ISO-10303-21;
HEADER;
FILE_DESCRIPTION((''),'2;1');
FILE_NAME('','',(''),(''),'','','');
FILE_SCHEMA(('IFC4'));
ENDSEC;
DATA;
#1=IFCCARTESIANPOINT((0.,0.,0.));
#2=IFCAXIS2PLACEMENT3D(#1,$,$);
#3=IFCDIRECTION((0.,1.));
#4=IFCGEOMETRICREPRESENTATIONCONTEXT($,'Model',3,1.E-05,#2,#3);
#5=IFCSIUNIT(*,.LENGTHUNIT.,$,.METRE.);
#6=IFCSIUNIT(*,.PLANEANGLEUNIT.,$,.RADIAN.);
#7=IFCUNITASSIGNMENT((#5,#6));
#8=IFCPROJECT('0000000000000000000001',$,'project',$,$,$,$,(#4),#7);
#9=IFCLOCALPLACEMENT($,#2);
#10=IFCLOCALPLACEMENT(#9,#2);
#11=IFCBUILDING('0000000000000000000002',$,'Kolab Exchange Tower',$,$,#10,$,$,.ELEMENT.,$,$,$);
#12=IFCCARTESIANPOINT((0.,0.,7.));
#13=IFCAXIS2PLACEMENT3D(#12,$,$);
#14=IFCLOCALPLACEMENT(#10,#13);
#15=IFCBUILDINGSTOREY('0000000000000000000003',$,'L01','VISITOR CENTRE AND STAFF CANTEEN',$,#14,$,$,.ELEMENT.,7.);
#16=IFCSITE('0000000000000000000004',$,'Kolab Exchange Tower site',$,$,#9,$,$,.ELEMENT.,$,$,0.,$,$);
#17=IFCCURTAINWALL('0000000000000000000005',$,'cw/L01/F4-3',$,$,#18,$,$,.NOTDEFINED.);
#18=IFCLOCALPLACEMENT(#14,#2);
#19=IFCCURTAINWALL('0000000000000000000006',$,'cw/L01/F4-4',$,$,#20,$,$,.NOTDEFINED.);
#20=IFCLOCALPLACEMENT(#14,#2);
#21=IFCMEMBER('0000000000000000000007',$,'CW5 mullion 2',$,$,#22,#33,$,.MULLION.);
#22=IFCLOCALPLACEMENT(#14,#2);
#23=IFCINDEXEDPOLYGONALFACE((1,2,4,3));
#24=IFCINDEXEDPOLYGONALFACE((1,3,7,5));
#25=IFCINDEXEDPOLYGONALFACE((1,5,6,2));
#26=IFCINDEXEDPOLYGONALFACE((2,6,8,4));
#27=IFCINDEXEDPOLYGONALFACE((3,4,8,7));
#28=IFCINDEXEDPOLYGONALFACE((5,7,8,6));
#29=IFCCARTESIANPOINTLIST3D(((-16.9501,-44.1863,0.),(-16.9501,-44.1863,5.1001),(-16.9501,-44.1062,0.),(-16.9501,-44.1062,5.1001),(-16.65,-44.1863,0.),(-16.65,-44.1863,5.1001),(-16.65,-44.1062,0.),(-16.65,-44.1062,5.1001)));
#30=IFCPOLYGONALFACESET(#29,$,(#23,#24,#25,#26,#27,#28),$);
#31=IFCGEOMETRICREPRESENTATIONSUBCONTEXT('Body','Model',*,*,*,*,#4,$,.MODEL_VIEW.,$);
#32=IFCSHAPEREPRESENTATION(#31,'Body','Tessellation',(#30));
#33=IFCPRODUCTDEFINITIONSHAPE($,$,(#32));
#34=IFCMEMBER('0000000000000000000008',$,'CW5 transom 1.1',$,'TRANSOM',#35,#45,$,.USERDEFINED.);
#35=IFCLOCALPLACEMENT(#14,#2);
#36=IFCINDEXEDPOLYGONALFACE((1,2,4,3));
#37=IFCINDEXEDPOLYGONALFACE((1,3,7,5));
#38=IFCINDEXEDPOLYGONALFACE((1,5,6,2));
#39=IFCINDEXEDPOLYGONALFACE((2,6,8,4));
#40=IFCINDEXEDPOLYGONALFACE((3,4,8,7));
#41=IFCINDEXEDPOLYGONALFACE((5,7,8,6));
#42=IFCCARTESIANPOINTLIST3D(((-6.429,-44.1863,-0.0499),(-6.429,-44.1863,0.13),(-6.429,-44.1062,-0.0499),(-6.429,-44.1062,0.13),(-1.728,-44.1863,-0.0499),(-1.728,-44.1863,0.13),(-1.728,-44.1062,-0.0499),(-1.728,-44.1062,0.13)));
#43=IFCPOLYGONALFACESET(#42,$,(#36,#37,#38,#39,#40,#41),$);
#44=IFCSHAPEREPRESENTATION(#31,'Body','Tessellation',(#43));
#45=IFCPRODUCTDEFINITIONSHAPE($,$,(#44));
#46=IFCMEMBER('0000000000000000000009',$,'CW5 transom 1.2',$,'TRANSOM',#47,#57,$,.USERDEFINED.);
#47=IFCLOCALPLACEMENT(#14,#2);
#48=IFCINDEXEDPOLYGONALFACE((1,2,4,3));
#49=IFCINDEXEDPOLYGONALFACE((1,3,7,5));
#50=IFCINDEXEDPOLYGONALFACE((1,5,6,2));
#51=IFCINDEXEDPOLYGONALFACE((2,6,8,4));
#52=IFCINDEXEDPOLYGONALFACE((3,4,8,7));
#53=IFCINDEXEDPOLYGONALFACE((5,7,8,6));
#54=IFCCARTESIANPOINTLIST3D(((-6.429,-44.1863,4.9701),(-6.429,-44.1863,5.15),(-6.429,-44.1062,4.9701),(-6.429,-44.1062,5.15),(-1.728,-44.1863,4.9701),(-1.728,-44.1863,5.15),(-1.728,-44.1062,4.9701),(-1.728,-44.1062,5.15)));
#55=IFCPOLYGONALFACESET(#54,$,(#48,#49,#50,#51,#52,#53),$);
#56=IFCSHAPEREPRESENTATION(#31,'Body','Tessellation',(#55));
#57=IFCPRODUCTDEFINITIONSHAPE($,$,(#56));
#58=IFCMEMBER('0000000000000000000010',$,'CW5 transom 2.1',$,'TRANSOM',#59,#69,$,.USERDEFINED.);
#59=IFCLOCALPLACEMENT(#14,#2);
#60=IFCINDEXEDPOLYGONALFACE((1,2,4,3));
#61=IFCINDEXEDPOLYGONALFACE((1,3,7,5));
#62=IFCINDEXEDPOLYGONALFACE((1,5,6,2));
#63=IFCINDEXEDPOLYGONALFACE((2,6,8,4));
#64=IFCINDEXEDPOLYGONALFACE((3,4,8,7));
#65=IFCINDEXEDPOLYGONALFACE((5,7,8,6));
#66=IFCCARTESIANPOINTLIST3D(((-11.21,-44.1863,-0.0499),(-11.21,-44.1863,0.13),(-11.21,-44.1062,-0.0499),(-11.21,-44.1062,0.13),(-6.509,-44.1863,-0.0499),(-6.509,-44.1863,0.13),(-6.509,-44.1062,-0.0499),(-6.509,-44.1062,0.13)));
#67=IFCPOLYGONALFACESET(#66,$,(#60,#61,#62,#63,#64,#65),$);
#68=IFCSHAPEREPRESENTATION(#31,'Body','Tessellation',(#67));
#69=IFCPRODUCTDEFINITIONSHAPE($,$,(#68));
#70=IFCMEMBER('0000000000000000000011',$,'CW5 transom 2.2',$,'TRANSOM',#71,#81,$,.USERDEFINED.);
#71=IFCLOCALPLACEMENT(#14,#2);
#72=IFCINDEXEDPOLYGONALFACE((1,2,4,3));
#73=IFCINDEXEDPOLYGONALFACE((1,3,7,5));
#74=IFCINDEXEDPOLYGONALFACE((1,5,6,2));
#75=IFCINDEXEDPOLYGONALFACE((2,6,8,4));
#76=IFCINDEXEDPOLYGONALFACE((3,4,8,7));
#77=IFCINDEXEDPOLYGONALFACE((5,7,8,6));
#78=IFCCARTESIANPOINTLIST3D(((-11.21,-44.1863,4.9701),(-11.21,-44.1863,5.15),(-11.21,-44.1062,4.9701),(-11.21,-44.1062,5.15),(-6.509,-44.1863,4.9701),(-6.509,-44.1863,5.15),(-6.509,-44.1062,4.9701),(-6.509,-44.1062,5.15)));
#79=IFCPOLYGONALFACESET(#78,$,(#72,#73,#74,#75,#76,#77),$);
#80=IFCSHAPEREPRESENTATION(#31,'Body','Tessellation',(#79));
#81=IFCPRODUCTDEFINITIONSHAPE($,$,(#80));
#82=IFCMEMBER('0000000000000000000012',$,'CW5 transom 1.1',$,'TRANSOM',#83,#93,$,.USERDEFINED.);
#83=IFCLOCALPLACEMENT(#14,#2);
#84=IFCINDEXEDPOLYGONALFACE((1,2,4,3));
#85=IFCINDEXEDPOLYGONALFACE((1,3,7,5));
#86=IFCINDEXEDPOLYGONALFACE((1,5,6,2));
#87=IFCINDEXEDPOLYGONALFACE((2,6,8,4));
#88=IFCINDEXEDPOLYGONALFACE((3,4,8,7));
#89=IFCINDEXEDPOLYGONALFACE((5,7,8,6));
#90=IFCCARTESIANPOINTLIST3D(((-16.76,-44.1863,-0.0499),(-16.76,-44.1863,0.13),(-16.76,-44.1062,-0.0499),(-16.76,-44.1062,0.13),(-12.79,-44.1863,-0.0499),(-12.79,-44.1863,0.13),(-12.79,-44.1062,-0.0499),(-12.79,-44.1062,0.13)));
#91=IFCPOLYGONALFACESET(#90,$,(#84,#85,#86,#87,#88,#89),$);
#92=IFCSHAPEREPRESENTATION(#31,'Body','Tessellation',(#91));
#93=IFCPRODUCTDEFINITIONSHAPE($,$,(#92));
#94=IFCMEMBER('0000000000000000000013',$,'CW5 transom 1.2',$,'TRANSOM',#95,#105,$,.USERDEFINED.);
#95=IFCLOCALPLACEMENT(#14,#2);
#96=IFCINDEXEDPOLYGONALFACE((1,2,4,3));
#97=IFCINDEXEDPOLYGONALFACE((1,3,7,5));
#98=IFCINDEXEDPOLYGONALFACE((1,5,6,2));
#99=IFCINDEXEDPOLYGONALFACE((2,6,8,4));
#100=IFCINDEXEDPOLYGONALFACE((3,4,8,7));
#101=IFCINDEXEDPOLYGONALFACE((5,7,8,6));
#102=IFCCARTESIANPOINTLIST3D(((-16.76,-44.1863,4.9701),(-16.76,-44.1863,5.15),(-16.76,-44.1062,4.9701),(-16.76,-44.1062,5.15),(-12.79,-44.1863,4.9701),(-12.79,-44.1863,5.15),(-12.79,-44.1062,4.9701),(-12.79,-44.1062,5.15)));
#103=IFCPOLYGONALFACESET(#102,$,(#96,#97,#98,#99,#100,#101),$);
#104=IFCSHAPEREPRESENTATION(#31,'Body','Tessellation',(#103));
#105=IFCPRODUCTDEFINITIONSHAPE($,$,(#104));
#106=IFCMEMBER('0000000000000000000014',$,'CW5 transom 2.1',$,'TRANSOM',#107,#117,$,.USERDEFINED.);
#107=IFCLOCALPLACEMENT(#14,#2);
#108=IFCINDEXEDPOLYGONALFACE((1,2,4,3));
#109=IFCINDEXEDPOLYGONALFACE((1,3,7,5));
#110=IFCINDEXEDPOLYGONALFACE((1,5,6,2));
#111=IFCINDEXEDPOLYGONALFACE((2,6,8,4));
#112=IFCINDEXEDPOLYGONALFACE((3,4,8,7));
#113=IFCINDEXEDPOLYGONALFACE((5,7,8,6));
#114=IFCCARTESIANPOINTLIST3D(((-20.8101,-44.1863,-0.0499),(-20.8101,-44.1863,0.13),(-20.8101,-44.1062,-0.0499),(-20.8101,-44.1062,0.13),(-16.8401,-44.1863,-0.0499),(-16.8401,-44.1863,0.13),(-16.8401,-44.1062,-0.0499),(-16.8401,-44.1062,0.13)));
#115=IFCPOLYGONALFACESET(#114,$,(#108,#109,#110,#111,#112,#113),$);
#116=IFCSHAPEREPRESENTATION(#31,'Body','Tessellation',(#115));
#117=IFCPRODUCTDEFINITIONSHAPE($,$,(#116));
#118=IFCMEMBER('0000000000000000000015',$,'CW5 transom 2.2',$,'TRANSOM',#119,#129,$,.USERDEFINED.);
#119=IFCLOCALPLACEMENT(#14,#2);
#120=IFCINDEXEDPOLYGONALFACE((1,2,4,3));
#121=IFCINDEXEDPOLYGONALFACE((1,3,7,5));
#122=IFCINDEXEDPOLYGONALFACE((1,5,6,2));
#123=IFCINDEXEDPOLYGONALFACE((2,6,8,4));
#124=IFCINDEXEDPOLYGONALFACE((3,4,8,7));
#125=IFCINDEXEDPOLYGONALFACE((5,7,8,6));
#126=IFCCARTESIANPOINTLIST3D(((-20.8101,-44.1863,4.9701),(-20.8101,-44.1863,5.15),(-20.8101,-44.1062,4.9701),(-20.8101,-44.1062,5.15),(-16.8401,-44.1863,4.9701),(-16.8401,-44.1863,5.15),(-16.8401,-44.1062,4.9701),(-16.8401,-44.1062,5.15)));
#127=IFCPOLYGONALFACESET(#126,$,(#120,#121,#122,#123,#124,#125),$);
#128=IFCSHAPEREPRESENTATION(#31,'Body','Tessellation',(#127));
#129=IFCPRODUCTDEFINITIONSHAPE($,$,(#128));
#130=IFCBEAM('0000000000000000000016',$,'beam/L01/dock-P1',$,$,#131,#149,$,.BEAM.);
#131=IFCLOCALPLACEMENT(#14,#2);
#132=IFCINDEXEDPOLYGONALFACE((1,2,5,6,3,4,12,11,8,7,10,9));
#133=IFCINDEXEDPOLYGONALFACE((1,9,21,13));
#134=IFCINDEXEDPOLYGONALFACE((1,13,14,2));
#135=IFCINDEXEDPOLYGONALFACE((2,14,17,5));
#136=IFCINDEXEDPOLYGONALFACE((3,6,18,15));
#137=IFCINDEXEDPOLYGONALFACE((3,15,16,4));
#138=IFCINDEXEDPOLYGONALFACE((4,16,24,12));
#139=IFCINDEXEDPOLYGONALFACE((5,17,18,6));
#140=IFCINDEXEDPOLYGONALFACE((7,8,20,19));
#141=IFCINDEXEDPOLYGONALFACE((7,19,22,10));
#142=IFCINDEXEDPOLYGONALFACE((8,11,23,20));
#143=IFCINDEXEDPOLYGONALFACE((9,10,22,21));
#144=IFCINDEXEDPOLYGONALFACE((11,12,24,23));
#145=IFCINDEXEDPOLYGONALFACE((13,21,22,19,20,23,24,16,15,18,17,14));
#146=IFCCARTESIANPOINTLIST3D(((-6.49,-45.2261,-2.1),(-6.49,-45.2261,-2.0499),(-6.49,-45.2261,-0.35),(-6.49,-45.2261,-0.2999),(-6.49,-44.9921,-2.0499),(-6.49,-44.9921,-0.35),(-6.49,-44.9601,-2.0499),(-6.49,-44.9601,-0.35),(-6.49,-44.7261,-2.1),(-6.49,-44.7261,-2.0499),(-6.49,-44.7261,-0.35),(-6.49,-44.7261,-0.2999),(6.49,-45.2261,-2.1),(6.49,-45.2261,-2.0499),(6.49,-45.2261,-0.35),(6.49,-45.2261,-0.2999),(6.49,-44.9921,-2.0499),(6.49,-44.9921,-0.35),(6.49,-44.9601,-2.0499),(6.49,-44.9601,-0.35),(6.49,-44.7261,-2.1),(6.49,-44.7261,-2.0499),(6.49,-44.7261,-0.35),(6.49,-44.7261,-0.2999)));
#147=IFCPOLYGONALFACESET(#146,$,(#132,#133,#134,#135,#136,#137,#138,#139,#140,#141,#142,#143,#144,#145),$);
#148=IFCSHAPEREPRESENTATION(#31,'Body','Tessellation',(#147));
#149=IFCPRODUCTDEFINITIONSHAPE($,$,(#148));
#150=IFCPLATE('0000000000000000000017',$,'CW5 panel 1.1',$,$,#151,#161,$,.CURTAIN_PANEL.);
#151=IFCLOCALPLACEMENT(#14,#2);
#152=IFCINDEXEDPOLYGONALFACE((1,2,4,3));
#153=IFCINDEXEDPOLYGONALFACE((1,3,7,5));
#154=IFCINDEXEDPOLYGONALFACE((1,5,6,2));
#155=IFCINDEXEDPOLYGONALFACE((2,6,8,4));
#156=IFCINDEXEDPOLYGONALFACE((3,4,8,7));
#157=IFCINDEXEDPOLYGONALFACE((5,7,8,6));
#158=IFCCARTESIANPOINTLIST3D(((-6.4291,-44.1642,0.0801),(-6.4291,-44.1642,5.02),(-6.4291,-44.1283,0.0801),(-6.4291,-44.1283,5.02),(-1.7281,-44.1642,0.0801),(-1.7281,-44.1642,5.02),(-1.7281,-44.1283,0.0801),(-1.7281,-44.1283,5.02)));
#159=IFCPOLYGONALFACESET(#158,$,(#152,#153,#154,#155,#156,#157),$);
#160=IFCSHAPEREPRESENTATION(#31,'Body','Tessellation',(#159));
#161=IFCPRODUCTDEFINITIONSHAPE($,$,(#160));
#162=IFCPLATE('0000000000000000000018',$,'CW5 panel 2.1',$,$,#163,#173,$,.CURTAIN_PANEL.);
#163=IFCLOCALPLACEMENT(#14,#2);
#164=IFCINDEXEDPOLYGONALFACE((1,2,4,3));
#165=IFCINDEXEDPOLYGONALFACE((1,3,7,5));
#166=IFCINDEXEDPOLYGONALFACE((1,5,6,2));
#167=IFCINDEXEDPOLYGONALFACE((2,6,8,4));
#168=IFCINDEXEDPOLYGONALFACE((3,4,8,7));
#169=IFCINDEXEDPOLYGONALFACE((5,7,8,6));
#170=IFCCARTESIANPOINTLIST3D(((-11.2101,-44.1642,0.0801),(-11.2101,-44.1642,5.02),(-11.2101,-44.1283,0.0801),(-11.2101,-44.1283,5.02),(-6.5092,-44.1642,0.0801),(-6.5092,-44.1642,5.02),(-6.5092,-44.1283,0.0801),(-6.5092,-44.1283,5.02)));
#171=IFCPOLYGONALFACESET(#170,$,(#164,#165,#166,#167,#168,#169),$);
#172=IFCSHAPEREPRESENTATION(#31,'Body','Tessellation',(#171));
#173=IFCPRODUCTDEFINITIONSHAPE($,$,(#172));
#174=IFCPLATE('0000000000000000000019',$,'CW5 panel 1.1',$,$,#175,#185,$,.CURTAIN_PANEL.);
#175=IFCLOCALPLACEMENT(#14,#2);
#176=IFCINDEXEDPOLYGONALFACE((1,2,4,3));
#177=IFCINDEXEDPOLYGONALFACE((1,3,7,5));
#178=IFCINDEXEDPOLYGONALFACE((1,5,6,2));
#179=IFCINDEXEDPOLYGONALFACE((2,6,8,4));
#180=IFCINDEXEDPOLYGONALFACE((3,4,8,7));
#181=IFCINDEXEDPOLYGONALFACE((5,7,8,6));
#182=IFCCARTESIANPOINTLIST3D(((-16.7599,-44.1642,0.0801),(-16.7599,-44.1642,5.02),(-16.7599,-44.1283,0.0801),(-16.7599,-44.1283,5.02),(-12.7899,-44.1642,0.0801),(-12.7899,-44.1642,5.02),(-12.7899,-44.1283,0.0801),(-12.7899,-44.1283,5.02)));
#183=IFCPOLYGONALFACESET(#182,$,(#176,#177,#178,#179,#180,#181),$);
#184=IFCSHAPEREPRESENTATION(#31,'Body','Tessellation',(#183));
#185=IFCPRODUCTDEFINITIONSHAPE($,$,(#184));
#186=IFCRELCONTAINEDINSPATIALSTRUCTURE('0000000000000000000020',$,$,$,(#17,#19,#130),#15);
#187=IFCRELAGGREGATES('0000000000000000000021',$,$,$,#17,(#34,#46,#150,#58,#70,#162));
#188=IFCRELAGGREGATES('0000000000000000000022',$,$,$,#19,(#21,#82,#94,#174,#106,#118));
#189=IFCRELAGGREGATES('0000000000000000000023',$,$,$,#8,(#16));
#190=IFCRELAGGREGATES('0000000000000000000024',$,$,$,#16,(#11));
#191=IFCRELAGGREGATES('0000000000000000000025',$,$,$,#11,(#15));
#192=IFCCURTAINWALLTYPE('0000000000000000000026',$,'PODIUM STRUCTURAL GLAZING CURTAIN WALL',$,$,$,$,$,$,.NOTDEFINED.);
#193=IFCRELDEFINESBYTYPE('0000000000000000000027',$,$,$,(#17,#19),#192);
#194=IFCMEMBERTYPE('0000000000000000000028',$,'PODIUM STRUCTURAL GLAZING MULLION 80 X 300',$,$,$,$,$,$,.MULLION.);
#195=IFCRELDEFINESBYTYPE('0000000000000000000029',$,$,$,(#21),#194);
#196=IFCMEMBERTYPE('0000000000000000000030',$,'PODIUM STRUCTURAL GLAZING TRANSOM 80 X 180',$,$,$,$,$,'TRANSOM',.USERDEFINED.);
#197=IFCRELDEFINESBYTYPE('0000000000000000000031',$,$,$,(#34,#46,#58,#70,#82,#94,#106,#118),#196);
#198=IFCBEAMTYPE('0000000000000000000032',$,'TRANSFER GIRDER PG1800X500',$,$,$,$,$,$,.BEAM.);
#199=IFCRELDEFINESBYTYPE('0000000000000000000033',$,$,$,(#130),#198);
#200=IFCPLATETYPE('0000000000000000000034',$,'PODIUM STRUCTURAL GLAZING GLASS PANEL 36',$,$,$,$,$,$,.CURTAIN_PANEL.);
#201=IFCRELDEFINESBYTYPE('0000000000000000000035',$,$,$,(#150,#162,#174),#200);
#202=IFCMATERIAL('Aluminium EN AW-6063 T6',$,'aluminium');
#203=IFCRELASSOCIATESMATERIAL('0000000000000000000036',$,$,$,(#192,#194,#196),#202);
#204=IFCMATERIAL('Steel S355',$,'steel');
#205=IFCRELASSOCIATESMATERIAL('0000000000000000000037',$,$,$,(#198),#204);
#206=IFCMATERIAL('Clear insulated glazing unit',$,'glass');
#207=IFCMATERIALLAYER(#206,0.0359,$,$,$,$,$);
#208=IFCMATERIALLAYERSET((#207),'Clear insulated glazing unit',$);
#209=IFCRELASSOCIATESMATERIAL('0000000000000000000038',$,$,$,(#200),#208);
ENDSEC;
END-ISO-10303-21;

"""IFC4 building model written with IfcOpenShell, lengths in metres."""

from ifc_helpers import new_model, si_unit, direction, frame, origin, origin_2d, place, context, subcontext, project, spatial, rectangle, i_section, extrude, material, layer, layer_set, material_profile, profile_set, type_object, element, aggregate, save


model = new_model("IFC4")

# Units and contexts
model_context = context("Model", 3, precision=1e-05, world=origin(), true_north=direction((0.0, 1.0)))
body_context = subcontext(model_context, "Body", "Model", "MODEL_VIEW")
ifc_project = project(units=[si_unit("LENGTHUNIT", "METRE"), si_unit("PLANEANGLEUNIT", "RADIAN")], contexts=[model_context])

# Site, building, storey
site_placement = place(None, origin())
site = spatial("IfcSite", under=ifc_project, at=site_placement, Name="Kolab Exchange Tower site", CompositionType="ELEMENT", RefElevation=0.0)
building_placement = place(site_placement, origin())
building = spatial("IfcBuilding", under=site, at=building_placement, Name="Kolab Exchange Tower", CompositionType="ELEMENT")
storey_placement = place(building_placement, frame((0.0, 0.0, 7.0)))
storey = spatial("IfcBuildingStorey", under=building, at=storey_placement, Name="L01", Description="VISITOR CENTRE AND STAFF CANTEEN", CompositionType="ELEMENT", Elevation=7.0)

# Shared definitions
ifc_material_1 = material(Name="Steel S355", Category="steel")

# Curtain walls, member
ifc_material_2 = material(Name="Aluminium EN AW-6063 T6", Category="aluminium")
curtain_wall_type = type_object("IfcCurtainWallType", Name="PODIUM STRUCTURAL GLAZING CURTAIN WALL", PredefinedType="NOTDEFINED", material=ifc_material_2)
curtain_wall_1_placement = place(storey_placement, origin())
curtain_wall_1 = element("IfcCurtainWall", 1, at=curtain_wall_1_placement, inside=storey, type_object=curtain_wall_type, Name="cw/L01/F4-3", PredefinedType="NOTDEFINED")
ifc_material_profile_1 = material_profile(ifc_material_2, rectangle(XDim=0.0801, YDim=0.3, at=origin_2d()), Name="RECT 80X300")
ifc_profile_set_1 = profile_set([ifc_material_profile_1], Name="Aluminium EN AW-6063 T6")
member_type_1 = type_object("IfcMemberType", Name="PODIUM STRUCTURAL GLAZING MULLION 80 X 300", PredefinedType="MULLION", material=ifc_profile_set_1)
curtain_wall_2_placement = place(storey_placement, origin())
curtain_wall_2 = element("IfcCurtainWall", 2, at=curtain_wall_2_placement, inside=storey, type_object=curtain_wall_type, Name="cw/L01/F4-4", PredefinedType="NOTDEFINED")
member_1_placement = place(storey_placement, frame((-16.8, -44.1462, 0.0), z_axis=(0.0, 0.0, 1.0), x_axis=(0.0, -1.0, 0.0)))
member_1 = element("IfcMember", 3, at=member_1_placement, type_object=member_type_1, Name="CW5 mullion 2", PredefinedType="MULLION", context=body_context, shape_type="SweptSolid", body=[
    extrude(rectangle(XDim=0.0801, YDim=0.3, at=origin_2d()), origin(), (0.0, 0.0, 1.0), 5.1001),
])

# Members
ifc_material_profile_2 = material_profile(ifc_material_2, rectangle(XDim=0.0801, YDim=0.1799, at=origin_2d()), Name="RECT 80X180")
ifc_profile_set_2 = profile_set([ifc_material_profile_2], Name="Aluminium EN AW-6063 T6")
member_type_2 = type_object("IfcMemberType", Name="PODIUM STRUCTURAL GLAZING TRANSOM 80 X 180", ElementType="TRANSOM", PredefinedType="USERDEFINED", material=ifc_profile_set_2)
member_2_placement = place(storey_placement, frame((-1.728, -44.1462, 0.04), z_axis=(-1.0, 0.0, 0.0), x_axis=(0.0, -1.0, 0.0)))
member_2 = element("IfcMember", 4, at=member_2_placement, type_object=member_type_2, Name="CW5 transom 1.1", ObjectType="TRANSOM", PredefinedType="USERDEFINED", context=body_context, shape_type="SweptSolid", body=[
    extrude(rectangle(XDim=0.0801, YDim=0.1799, at=origin_2d()), origin(), (0.0, 0.0, 1.0), 4.7009),
])
member_3_placement = place(storey_placement, frame((-1.728, -44.1462, 5.0601), z_axis=(-1.0, 0.0, 0.0), x_axis=(0.0, -1.0, 0.0)))
member_3 = element("IfcMember", 5, at=member_3_placement, type_object=member_type_2, Name="CW5 transom 1.2", ObjectType="TRANSOM", PredefinedType="USERDEFINED", context=body_context, shape_type="SweptSolid", body=[
    extrude(rectangle(XDim=0.0801, YDim=0.1799, at=origin_2d()), origin(), (0.0, 0.0, 1.0), 4.7009),
])
member_4_placement = place(storey_placement, frame((-6.509, -44.1462, 0.04), z_axis=(-1.0, 0.0, 0.0), x_axis=(0.0, -1.0, 0.0)))
member_4 = element("IfcMember", 6, at=member_4_placement, type_object=member_type_2, Name="CW5 transom 2.1", ObjectType="TRANSOM", PredefinedType="USERDEFINED", context=body_context, shape_type="SweptSolid", body=[
    extrude(rectangle(XDim=0.0801, YDim=0.1799, at=origin_2d()), origin(), (0.0, 0.0, 1.0), 4.7009),
])
member_5_placement = place(storey_placement, frame((-6.509, -44.1462, 5.0601), z_axis=(-1.0, 0.0, 0.0), x_axis=(0.0, -1.0, 0.0)))
member_5 = element("IfcMember", 7, at=member_5_placement, type_object=member_type_2, Name="CW5 transom 2.2", ObjectType="TRANSOM", PredefinedType="USERDEFINED", context=body_context, shape_type="SweptSolid", body=[
    extrude(rectangle(XDim=0.0801, YDim=0.1799, at=origin_2d()), origin(), (0.0, 0.0, 1.0), 4.7009),
])
member_6_placement = place(storey_placement, frame((-12.79, -44.1462, 0.04), z_axis=(-1.0, 0.0, 0.0), x_axis=(0.0, -1.0, 0.0)))
member_6 = element("IfcMember", 8, at=member_6_placement, type_object=member_type_2, Name="CW5 transom 1.1", ObjectType="TRANSOM", PredefinedType="USERDEFINED", context=body_context, shape_type="SweptSolid", body=[
    extrude(rectangle(XDim=0.0801, YDim=0.1799, at=origin_2d()), origin(), (0.0, 0.0, 1.0), 3.97),
])
member_7_placement = place(storey_placement, frame((-12.79, -44.1462, 5.0601), z_axis=(-1.0, 0.0, 0.0), x_axis=(0.0, -1.0, 0.0)))
member_7 = element("IfcMember", 9, at=member_7_placement, type_object=member_type_2, Name="CW5 transom 1.2", ObjectType="TRANSOM", PredefinedType="USERDEFINED", context=body_context, shape_type="SweptSolid", body=[
    extrude(rectangle(XDim=0.0801, YDim=0.1799, at=origin_2d()), origin(), (0.0, 0.0, 1.0), 3.97),
])
member_8_placement = place(storey_placement, frame((-16.8401, -44.1462, 0.04), z_axis=(-1.0, 0.0, 0.0), x_axis=(0.0, -1.0, 0.0)))
member_8 = element("IfcMember", 10, at=member_8_placement, type_object=member_type_2, Name="CW5 transom 2.1", ObjectType="TRANSOM", PredefinedType="USERDEFINED", context=body_context, shape_type="SweptSolid", body=[
    extrude(rectangle(XDim=0.0801, YDim=0.1799, at=origin_2d()), origin(), (0.0, 0.0, 1.0), 3.97),
])
member_9_placement = place(storey_placement, frame((-16.8401, -44.1462, 5.0601), z_axis=(-1.0, 0.0, 0.0), x_axis=(0.0, -1.0, 0.0)))
member_9 = element("IfcMember", 11, at=member_9_placement, type_object=member_type_2, Name="CW5 transom 2.2", ObjectType="TRANSOM", PredefinedType="USERDEFINED", context=body_context, shape_type="SweptSolid", body=[
    extrude(rectangle(XDim=0.0801, YDim=0.1799, at=origin_2d()), origin(), (0.0, 0.0, 1.0), 3.97),
])

# Beam
ifc_material_profile_3 = material_profile(ifc_material_1, i_section(OverallWidth=0.5, OverallDepth=1.8, WebThickness=0.032, FlangeThickness=0.05, at=origin_2d()), Name="PG1800X500")
ifc_profile_set_3 = profile_set([ifc_material_profile_3], Name="Steel S355")
beam_type_1 = type_object("IfcBeamType", Name="TRANSFER GIRDER PG1800X500", PredefinedType="BEAM", material=ifc_profile_set_3)
beam_1_placement = place(storey_placement, frame((-6.49, -44.9761, -1.2), z_axis=(1.0, 0.0, 0.0), x_axis=(0.0, 1.0, 0.0)))
element("IfcBeam", 12, at=beam_1_placement, inside=storey, type_object=beam_type_1, Name="beam/L01/dock-P1", PredefinedType="BEAM", context=body_context, shape_type="SweptSolid", body=[
    extrude(i_section(OverallWidth=0.5, OverallDepth=1.8, WebThickness=0.032, FlangeThickness=0.05, at=origin_2d()), origin(), (0.0, 0.0, 1.0), 12.98),
])

# Plates
ifc_material_3 = material(Name="Clear insulated glazing unit", Category="glass")
ifc_layer_1 = layer(ifc_material_3, 0.0359)
ifc_layer_set_1 = layer_set([ifc_layer_1], Name="Clear insulated glazing unit")
plate_type = type_object("IfcPlateType", Name="PODIUM STRUCTURAL GLAZING GLASS PANEL 36", PredefinedType="CURTAIN_PANEL", material=ifc_layer_set_1)
plate_1_placement = place(storey_placement, frame((-4.0786, -44.1462, 0.0801), z_axis=(0.0, 0.0, 1.0), x_axis=(-1.0, 0.0, 0.0)))
plate_1 = element("IfcPlate", 13, at=plate_1_placement, type_object=plate_type, Name="CW5 panel 1.1", PredefinedType="CURTAIN_PANEL", context=body_context, shape_type="SweptSolid", body=[
    extrude(rectangle(XDim=4.7009, YDim=0.0359, at=origin_2d()), origin(), (0.0, 0.0, 1.0), 4.9399),
])
plate_2_placement = place(storey_placement, frame((-8.8596, -44.1462, 0.0801), z_axis=(0.0, 0.0, 1.0), x_axis=(-1.0, 0.0, 0.0)))
plate_2 = element("IfcPlate", 14, at=plate_2_placement, type_object=plate_type, Name="CW5 panel 2.1", PredefinedType="CURTAIN_PANEL", context=body_context, shape_type="SweptSolid", body=[
    extrude(rectangle(XDim=4.7009, YDim=0.0359, at=origin_2d()), origin(), (0.0, 0.0, 1.0), 4.9399),
])
aggregate(curtain_wall_1, [member_2, member_3, plate_1, member_4, member_5, plate_2])
plate_3_placement = place(storey_placement, frame((-14.7749, -44.1462, 0.0801), z_axis=(0.0, 0.0, 1.0), x_axis=(-1.0, 0.0, 0.0)))
plate_3 = element("IfcPlate", 15, at=plate_3_placement, type_object=plate_type, Name="CW5 panel 1.1", PredefinedType="CURTAIN_PANEL", context=body_context, shape_type="SweptSolid", body=[
    extrude(rectangle(XDim=3.97, YDim=0.0359, at=origin_2d()), origin(), (0.0, 0.0, 1.0), 4.9399),
])
aggregate(curtain_wall_2, [member_1, member_6, member_7, plate_3, member_8, member_9])

save(model, "model.ifc")
